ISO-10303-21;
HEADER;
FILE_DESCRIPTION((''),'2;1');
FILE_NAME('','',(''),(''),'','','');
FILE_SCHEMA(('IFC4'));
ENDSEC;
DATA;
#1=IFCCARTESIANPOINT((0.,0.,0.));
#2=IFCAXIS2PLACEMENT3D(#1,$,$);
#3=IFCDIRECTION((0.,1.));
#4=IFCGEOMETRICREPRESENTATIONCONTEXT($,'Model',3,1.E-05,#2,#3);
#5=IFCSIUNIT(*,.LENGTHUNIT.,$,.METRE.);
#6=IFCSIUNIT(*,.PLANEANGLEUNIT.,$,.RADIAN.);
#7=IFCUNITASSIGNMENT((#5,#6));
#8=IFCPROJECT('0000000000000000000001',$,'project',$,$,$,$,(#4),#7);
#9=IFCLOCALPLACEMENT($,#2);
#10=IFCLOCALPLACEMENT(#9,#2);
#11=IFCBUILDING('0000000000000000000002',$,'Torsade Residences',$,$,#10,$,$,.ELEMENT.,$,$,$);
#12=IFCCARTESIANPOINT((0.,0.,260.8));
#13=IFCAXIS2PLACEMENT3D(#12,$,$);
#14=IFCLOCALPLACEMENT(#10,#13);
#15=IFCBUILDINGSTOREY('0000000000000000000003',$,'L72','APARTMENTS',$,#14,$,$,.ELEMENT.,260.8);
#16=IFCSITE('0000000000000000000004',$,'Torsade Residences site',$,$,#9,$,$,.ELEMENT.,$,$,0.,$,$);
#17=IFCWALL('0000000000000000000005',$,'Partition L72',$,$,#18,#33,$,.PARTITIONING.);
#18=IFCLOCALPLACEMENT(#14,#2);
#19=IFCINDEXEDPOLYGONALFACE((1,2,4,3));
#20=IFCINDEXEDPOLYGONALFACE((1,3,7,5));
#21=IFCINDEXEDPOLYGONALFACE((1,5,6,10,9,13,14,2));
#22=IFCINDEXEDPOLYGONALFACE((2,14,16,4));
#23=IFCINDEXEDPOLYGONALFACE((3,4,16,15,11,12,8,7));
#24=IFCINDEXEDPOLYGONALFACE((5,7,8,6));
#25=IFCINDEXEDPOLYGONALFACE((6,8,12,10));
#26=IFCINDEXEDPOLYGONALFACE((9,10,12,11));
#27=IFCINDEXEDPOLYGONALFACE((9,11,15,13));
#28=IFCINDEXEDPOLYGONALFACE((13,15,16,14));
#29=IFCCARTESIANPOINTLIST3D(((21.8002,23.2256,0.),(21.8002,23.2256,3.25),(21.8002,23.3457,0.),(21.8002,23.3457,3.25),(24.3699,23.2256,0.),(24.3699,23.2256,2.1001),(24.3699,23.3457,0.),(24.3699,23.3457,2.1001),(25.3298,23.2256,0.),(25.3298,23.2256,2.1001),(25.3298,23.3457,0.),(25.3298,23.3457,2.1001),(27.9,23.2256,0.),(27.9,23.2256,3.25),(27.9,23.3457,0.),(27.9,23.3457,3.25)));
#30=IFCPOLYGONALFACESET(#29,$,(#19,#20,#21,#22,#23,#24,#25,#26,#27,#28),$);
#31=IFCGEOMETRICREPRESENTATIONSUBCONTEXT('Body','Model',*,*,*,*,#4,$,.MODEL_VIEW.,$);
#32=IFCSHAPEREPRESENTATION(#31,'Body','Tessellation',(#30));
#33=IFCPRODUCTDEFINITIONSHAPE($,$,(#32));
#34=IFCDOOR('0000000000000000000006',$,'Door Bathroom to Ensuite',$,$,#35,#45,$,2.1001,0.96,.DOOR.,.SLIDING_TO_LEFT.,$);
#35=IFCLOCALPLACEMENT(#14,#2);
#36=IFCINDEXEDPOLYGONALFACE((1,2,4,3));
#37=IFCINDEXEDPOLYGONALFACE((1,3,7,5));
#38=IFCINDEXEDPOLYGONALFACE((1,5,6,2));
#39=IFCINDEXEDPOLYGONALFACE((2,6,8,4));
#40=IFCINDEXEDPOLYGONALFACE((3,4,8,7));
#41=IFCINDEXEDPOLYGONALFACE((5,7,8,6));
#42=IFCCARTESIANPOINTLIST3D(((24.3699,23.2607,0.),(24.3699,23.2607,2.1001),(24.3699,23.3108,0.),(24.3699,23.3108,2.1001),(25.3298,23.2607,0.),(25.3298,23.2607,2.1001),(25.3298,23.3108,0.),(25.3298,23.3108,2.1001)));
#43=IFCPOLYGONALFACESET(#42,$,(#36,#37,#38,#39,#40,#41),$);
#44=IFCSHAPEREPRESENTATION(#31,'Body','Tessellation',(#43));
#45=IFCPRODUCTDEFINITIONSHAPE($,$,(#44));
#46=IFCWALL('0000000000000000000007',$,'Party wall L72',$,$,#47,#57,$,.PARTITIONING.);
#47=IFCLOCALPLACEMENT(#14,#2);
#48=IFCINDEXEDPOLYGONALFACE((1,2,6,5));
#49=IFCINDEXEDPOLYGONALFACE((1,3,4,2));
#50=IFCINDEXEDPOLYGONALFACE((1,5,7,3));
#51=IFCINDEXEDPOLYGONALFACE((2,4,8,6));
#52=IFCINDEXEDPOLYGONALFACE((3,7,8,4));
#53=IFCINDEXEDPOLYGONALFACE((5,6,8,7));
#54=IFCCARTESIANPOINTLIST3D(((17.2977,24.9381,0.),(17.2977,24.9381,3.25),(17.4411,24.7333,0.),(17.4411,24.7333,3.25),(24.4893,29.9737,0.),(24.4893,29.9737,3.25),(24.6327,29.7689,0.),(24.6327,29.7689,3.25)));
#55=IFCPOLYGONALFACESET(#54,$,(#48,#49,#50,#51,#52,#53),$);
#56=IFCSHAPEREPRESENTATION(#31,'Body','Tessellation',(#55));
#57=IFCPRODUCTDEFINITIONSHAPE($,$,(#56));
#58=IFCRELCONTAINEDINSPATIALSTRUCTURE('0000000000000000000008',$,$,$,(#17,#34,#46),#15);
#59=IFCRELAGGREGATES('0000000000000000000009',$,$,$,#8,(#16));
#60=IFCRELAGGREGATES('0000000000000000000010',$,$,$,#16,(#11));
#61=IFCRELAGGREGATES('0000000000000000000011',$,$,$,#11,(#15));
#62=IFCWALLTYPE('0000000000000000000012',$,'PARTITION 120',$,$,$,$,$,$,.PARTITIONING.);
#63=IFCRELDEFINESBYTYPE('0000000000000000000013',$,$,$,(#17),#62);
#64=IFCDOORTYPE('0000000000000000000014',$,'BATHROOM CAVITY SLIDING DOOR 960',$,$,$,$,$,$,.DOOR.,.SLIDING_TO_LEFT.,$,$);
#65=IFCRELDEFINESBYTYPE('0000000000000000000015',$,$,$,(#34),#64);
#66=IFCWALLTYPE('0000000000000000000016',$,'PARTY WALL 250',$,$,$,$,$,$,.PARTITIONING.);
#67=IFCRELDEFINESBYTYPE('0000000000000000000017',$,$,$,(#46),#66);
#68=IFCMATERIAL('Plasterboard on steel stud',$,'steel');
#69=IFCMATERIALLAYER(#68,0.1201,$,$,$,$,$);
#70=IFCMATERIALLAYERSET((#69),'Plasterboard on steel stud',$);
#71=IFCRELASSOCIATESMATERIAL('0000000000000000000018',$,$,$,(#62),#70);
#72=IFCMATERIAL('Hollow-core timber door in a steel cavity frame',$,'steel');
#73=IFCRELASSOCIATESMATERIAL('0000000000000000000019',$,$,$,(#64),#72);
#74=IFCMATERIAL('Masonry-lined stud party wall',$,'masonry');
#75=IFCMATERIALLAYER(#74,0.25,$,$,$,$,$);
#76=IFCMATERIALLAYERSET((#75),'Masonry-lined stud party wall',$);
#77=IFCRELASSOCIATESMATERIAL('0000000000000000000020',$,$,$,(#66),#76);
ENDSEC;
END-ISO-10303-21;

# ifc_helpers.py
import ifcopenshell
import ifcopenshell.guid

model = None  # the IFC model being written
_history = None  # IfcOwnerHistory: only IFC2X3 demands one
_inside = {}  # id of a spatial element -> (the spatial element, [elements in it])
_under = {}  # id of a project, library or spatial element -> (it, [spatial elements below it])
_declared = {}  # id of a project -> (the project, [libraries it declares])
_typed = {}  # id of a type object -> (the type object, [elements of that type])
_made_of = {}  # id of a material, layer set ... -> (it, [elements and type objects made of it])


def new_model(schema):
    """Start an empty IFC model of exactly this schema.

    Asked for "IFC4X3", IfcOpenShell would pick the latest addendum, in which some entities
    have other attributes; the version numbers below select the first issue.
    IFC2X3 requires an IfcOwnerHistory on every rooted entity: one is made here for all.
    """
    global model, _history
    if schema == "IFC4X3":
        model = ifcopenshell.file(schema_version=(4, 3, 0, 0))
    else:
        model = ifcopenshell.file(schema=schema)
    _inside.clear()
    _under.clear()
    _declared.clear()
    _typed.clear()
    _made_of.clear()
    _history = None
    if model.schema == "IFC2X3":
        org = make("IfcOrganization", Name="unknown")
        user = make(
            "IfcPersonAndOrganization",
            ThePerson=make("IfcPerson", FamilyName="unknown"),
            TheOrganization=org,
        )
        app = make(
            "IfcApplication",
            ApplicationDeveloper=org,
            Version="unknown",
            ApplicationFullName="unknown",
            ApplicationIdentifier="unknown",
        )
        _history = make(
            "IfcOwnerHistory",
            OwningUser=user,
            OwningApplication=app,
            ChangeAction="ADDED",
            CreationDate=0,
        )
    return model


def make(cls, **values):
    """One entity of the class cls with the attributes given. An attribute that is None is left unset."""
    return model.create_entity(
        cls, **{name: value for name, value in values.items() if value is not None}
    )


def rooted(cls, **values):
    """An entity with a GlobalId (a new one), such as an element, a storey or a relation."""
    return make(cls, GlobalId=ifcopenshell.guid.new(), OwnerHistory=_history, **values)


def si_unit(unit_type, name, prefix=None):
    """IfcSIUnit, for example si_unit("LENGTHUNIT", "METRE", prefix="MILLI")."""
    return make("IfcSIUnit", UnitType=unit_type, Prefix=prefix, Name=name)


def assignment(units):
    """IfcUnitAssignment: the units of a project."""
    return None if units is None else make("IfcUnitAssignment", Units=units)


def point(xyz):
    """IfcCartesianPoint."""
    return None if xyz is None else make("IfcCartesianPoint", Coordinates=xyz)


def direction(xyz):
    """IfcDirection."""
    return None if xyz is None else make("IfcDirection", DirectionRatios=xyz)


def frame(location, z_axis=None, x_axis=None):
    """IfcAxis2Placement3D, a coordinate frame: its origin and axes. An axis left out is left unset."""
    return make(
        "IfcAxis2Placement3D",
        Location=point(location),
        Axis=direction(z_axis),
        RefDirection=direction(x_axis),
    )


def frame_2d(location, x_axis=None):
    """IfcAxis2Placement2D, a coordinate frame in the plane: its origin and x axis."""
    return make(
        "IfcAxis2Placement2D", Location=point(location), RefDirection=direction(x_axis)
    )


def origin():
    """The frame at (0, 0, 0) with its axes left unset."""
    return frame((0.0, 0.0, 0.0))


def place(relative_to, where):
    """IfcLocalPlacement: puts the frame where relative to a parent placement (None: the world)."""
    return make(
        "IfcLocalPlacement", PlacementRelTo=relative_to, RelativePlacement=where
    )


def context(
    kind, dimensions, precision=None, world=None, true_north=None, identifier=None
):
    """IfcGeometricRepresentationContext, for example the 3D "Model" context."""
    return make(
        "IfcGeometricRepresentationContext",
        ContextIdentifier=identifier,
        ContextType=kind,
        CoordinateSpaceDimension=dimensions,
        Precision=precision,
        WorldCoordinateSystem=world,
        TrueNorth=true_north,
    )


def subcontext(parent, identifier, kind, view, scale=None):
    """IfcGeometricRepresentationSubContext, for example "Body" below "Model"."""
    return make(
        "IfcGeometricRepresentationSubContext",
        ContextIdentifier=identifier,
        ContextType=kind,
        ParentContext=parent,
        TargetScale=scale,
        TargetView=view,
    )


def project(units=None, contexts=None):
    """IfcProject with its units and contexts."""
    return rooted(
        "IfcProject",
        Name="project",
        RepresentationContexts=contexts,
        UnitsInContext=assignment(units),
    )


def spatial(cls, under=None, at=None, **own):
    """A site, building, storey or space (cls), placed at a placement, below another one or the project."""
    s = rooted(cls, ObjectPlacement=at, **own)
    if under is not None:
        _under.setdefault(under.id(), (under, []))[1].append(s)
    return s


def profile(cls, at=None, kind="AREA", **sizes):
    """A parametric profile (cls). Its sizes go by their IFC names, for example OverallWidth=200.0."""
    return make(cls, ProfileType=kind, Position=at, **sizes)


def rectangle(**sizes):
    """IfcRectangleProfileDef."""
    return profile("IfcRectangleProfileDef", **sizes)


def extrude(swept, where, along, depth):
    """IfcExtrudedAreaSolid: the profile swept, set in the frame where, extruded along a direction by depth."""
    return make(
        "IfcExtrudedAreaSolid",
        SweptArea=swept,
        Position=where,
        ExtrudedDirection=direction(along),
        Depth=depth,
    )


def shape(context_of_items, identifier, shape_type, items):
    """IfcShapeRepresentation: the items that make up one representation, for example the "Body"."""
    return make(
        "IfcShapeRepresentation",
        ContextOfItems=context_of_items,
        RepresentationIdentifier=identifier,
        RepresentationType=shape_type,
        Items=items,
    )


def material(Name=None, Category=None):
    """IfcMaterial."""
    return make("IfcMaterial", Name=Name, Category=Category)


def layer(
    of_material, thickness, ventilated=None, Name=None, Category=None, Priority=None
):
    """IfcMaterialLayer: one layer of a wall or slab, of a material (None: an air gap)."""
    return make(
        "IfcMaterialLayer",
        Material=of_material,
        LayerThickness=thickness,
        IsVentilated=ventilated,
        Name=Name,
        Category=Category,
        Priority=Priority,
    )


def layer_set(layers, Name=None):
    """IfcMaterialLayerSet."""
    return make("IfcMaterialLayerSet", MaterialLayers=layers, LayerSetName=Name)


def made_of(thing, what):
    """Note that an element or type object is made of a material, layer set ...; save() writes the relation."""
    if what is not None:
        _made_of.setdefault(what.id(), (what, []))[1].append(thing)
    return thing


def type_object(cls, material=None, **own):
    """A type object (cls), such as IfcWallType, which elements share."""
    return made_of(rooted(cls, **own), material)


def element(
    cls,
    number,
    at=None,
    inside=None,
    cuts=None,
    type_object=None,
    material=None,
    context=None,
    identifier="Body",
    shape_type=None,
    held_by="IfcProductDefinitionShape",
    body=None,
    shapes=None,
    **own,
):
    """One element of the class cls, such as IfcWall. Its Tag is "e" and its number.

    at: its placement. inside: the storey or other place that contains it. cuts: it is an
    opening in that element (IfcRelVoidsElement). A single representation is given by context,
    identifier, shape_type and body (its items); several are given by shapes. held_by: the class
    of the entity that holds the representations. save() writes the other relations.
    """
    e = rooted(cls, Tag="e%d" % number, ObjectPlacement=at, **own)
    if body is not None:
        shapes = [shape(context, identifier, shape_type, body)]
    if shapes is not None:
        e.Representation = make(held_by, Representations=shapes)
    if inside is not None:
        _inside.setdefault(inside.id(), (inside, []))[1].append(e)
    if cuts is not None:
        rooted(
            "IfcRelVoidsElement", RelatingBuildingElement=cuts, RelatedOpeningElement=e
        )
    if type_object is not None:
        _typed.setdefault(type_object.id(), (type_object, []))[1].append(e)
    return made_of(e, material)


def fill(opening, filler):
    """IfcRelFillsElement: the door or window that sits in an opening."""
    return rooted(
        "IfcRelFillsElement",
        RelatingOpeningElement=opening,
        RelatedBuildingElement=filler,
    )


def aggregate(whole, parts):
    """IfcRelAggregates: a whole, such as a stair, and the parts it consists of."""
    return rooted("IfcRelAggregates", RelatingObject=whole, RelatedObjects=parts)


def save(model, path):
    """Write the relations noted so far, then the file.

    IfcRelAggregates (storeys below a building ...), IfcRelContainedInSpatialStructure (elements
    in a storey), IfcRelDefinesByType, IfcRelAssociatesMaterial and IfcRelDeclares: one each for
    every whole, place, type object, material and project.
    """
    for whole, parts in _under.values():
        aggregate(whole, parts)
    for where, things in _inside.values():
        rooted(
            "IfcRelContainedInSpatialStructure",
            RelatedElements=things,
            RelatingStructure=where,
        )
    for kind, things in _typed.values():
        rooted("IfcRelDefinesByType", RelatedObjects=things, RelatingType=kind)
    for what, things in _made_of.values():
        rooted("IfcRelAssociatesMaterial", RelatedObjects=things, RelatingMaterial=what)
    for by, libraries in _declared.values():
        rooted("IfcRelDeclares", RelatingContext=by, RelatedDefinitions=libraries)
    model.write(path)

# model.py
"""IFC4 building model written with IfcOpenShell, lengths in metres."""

from ifc_helpers import new_model, si_unit, direction, frame, frame_2d, origin, place, context, subcontext, project, spatial, rectangle, extrude, material, layer, layer_set, type_object, element, fill, save


model = new_model("IFC4")

# Units and contexts
model_context = context("Model", 3, precision=1e-05, world=origin(), true_north=direction((0.0, 1.0)))
body_context = subcontext(model_context, "Body", "Model", "MODEL_VIEW")
ifc_project = project(units=[si_unit("LENGTHUNIT", "METRE"), si_unit("PLANEANGLEUNIT", "RADIAN")], contexts=[model_context])

# Site, building, storey
site_placement = place(None, origin())
site = spatial("IfcSite", under=ifc_project, at=site_placement, Name="Torsade Residences site", CompositionType="ELEMENT", RefElevation=0.0)
building_placement = place(site_placement, origin())
building = spatial("IfcBuilding", under=site, at=building_placement, Name="Torsade Residences", CompositionType="ELEMENT")
storey_placement = place(building_placement, frame((0.0, 0.0, 260.8)))
storey = spatial("IfcBuildingStorey", under=building, at=storey_placement, Name="L72", Description="APARTMENTS", CompositionType="ELEMENT", Elevation=260.8)

# Shared definitions
ifc_material_1 = material(Name="Plasterboard on steel stud", Category="steel")
ifc_layer_1 = layer(ifc_material_1, 0.1201)
ifc_layer_set_1 = layer_set([ifc_layer_1], Name="Plasterboard on steel stud")
wall_type_1 = type_object("IfcWallType", Name="PARTITION 120", PredefinedType="PARTITIONING", material=ifc_layer_set_1)
ifc_material_2 = material(Name="Hollow-core timber door in a steel cavity frame", Category="steel")
door_type_1 = type_object("IfcDoorType", Name="BATHROOM CAVITY SLIDING DOOR 960", OperationType="SLIDING_TO_LEFT", PredefinedType="DOOR", material=ifc_material_2)

# Wall, opening, door
wall_1_placement = place(storey_placement, frame((27.8999, 23.2856, 0.0), z_axis=(0.0, 0.0, 1.0), x_axis=(-1.0, 0.0, 0.0)))
wall_1 = element("IfcWall", 1, at=wall_1_placement, inside=storey, type_object=wall_type_1, Name="Partition L72", PredefinedType="PARTITIONING", context=body_context, shape_type="SweptSolid", body=[
    extrude(rectangle(XDim=6.0999, YDim=0.1201, at=frame_2d((3.0498, 0.0))), origin(), (0.0, 0.0, 1.0), 3.25),
])
opening_1_placement = place(wall_1_placement, frame((2.5701, 0.0, 0.0)))
opening_1 = element("IfcOpeningElement", 2, at=opening_1_placement, cuts=wall_1, PredefinedType="OPENING", context=body_context, shape_type="SweptSolid", body=[
    extrude(rectangle(XDim=0.96, YDim=2.1001, at=frame_2d((0.48, 1.05))), frame((0.0, 0.0701, 0.0), z_axis=(0.0, -1.0, 0.0), x_axis=(1.0, 0.0, 0.0)), (0.0, 0.0, 1.0), 0.1401),
])
door_1_placement = place(opening_1_placement, origin())
door_1 = element("IfcDoor", 3, at=door_1_placement, inside=storey, type_object=door_type_1, Name="Door Bathroom to Ensuite", OperationType="SLIDING_TO_LEFT", OverallHeight=2.1001, OverallWidth=0.96, PredefinedType="DOOR", context=body_context, shape_type="SweptSolid", body=[
    extrude(rectangle(XDim=0.96, YDim=2.1001, at=frame_2d((0.48, 1.05))), frame((0.0, 0.0249, 0.0), z_axis=(0.0, -1.0, 0.0), x_axis=(1.0, 0.0, 0.0)), (0.0, 0.0, 1.0), 0.05),
])
fill(opening_1, door_1)

# Wall
ifc_material_3 = material(Name="Masonry-lined stud party wall", Category="masonry")
ifc_layer_2 = layer(ifc_material_3, 0.25)
ifc_layer_set_2 = layer_set([ifc_layer_2], Name="Masonry-lined stud party wall")
wall_type_2 = type_object("IfcWallType", Name="PARTY WALL 250", PredefinedType="PARTITIONING", material=ifc_layer_set_2)
wall_2_placement = place(storey_placement, frame((17.3694, 24.8357, 0.0), z_axis=(0.0, 0.0, 1.0), x_axis=(0.819152, 0.573576, 0.0)))
element("IfcWall", 4, at=wall_2_placement, inside=storey, type_object=wall_type_2, Name="Party wall L72", PredefinedType="PARTITIONING", context=body_context, shape_type="SweptSolid", body=[
    extrude(rectangle(XDim=8.7793, YDim=0.25, at=frame_2d((4.3896, 0.0))), origin(), (0.0, 0.0, 1.0), 3.25),
])

save(model, "model.ifc")
